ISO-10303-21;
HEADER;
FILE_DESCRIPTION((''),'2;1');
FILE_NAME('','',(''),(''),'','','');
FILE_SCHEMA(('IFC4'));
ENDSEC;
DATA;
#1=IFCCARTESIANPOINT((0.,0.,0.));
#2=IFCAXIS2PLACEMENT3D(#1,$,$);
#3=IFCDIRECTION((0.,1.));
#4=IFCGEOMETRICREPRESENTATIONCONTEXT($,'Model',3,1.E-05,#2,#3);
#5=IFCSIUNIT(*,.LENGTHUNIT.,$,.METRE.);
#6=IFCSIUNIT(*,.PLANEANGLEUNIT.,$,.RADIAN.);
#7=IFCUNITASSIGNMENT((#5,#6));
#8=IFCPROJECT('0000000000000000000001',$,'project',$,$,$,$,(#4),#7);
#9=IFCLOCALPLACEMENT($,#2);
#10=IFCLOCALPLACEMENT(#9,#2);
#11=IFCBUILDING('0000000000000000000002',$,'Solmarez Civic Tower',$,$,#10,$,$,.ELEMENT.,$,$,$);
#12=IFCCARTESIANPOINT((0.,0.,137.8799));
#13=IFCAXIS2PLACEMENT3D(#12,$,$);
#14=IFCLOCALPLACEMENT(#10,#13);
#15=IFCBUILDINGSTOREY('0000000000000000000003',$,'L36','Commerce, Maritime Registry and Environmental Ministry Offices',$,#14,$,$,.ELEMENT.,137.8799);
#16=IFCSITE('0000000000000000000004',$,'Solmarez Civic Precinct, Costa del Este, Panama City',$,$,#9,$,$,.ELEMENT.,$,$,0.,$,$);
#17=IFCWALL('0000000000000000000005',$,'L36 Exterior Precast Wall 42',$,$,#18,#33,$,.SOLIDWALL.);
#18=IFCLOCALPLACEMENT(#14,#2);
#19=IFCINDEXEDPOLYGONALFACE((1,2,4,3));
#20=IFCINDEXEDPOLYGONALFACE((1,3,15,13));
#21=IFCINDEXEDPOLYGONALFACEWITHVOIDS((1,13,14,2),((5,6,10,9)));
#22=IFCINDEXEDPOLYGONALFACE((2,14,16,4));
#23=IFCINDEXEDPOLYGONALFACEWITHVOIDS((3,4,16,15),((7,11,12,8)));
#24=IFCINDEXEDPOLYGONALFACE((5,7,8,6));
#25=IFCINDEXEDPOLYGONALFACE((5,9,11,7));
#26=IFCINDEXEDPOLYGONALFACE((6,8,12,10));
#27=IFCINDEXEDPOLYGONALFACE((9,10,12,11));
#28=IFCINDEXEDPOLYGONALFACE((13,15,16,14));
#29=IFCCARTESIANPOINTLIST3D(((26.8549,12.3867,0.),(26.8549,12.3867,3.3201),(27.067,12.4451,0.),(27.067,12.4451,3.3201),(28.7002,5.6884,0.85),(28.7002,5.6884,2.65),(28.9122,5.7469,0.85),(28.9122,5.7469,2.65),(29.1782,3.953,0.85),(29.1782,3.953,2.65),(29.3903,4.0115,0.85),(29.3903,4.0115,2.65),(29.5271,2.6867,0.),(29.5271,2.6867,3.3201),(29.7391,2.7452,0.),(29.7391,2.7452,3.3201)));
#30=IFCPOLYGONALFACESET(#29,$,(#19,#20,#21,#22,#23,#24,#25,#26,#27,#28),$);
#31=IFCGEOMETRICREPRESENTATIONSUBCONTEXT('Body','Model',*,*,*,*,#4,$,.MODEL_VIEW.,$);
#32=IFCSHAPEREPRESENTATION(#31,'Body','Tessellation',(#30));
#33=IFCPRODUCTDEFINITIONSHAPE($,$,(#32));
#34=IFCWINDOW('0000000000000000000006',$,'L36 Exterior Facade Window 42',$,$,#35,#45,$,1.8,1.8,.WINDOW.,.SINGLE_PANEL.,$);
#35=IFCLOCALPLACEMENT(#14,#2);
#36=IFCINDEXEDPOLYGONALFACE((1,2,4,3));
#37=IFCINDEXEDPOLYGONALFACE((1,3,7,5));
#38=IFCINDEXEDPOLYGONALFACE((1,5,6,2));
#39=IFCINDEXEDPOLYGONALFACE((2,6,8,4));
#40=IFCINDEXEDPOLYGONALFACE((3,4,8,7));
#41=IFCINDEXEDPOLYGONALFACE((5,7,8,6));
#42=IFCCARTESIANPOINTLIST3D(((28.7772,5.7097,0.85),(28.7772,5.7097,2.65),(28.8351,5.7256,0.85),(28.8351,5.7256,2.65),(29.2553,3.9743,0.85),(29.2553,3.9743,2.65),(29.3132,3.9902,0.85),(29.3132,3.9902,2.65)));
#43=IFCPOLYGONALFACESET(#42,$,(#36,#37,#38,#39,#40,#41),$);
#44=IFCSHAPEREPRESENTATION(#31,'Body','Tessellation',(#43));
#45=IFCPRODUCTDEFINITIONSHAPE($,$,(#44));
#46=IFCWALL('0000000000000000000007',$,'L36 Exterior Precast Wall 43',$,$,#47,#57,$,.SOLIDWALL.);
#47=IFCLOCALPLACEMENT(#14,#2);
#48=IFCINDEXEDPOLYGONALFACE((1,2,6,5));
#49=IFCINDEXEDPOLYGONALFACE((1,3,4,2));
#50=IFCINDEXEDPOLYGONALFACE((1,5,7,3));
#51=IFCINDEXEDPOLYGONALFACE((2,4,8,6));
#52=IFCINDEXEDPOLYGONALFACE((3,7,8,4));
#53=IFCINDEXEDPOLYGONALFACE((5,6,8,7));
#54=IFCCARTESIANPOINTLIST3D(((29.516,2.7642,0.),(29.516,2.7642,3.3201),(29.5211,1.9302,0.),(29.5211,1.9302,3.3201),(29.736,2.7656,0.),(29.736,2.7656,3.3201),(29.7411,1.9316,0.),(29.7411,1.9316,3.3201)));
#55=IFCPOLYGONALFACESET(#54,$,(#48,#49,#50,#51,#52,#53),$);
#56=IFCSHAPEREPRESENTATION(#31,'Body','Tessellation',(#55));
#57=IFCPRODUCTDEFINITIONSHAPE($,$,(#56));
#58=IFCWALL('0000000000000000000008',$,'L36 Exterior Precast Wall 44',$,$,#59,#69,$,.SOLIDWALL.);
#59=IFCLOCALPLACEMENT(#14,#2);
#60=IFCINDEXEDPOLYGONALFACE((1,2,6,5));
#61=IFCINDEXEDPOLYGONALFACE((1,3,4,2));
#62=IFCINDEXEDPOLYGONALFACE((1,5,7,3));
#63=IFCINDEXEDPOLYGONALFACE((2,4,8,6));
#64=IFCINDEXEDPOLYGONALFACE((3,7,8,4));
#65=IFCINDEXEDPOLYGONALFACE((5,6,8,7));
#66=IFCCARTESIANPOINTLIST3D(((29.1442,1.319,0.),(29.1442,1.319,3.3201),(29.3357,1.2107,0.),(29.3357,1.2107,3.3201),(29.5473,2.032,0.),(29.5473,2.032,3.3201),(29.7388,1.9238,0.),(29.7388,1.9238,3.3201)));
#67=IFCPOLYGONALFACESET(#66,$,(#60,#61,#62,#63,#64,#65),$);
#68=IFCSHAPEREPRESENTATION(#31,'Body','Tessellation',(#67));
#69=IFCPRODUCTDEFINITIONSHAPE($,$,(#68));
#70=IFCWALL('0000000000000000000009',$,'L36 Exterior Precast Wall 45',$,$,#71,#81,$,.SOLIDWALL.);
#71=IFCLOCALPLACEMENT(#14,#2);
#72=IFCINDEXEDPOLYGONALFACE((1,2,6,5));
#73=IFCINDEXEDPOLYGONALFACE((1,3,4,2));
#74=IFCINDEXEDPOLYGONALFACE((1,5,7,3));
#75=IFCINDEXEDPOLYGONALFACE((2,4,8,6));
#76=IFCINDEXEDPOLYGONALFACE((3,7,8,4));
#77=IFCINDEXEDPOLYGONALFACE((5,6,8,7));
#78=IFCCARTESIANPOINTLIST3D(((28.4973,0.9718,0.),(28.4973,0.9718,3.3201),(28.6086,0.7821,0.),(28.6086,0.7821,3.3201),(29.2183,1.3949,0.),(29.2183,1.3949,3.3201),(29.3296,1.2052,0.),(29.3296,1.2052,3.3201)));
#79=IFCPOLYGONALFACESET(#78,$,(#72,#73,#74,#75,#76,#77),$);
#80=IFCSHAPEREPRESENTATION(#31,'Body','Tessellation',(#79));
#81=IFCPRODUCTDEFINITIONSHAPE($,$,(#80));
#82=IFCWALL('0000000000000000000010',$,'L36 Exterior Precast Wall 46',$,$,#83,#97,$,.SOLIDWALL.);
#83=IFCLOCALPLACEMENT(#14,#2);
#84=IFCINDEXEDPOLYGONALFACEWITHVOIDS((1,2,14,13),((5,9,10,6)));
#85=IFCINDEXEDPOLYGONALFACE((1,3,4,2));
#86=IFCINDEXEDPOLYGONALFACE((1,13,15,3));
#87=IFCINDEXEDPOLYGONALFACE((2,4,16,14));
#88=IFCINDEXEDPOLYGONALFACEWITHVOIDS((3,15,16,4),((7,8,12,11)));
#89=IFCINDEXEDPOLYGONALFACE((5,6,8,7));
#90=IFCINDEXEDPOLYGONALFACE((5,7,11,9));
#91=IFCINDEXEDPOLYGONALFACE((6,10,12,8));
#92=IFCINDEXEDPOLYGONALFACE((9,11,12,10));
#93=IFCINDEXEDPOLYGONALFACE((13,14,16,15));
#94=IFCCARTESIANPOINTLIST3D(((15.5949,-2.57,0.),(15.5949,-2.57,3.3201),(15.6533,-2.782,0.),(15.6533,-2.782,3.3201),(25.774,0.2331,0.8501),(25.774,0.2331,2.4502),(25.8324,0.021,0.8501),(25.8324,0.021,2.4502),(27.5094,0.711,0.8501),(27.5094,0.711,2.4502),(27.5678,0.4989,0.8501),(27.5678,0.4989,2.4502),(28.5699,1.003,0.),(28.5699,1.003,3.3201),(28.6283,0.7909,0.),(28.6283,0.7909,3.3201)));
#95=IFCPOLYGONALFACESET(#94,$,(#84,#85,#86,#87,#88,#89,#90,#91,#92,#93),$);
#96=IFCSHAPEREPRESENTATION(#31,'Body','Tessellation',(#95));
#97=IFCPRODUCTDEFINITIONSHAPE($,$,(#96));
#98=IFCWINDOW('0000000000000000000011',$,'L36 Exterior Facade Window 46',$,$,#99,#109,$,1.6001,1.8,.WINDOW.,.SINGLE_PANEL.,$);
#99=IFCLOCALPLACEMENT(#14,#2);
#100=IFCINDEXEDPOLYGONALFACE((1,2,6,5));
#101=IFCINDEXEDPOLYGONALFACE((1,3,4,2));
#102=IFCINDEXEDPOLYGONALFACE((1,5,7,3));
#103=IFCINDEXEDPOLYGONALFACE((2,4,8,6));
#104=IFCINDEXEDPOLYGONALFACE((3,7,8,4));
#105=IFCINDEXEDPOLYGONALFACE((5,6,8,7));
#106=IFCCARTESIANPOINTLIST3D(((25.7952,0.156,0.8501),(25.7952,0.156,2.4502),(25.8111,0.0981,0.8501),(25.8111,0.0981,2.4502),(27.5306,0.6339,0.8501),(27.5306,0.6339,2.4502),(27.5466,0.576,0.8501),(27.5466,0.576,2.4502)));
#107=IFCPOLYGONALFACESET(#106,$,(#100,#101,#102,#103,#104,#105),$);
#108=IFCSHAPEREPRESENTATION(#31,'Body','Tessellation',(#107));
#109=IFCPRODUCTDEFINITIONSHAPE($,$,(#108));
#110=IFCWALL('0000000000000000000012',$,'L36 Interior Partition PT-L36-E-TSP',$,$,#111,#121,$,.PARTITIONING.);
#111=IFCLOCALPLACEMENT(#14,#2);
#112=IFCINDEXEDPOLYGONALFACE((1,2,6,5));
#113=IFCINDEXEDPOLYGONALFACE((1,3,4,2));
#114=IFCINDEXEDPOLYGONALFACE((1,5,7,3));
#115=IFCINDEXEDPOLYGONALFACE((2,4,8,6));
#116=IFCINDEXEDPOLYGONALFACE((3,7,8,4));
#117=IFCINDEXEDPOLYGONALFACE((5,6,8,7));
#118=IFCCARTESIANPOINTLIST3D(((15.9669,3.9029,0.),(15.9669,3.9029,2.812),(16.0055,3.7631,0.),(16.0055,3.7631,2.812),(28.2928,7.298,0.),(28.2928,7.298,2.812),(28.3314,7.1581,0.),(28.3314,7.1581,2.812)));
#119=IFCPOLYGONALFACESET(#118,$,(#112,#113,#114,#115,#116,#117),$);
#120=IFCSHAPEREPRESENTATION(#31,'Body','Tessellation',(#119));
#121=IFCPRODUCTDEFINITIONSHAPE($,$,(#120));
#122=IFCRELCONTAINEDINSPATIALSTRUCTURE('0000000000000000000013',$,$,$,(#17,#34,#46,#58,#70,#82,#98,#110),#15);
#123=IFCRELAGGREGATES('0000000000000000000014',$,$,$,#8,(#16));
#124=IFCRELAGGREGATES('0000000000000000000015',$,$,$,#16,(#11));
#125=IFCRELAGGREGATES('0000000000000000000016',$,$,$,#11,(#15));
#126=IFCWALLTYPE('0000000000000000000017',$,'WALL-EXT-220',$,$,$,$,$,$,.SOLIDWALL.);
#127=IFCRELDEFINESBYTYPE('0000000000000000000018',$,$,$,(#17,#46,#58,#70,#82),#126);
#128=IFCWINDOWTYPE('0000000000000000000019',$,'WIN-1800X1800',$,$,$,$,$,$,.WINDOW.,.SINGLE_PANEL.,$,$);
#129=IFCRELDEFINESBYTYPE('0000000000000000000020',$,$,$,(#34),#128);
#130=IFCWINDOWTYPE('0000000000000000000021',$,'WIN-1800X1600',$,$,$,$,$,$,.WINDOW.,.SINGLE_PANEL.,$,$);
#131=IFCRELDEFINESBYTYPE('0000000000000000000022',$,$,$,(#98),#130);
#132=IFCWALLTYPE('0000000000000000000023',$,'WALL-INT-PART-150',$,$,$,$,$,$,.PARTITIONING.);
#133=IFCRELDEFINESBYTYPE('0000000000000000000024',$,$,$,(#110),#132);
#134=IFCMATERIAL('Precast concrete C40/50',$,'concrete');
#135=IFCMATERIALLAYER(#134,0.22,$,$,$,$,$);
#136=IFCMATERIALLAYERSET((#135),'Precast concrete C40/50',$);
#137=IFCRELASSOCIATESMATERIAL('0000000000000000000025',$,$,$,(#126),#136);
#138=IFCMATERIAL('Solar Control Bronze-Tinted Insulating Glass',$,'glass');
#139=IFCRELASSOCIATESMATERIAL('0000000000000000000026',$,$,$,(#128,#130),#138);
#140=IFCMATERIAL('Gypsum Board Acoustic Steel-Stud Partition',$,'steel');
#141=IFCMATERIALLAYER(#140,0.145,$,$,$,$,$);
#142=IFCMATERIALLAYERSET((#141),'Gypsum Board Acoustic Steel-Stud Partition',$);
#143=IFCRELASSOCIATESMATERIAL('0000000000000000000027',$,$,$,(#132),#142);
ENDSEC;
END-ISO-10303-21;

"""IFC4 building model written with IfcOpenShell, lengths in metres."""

from ifc_helpers import new_model, si_unit, direction, frame, frame_2d, origin, place, context, subcontext, project, spatial, rectangle, extrude, material, layer, layer_set, type_object, element, fill, save


model = new_model("IFC4")

# Units and contexts
model_context = context("Model", 3, precision=1e-05, world=origin(), true_north=direction((0.0, 1.0)))
body_context = subcontext(model_context, "Body", "Model", "MODEL_VIEW")
ifc_project = project(units=[si_unit("LENGTHUNIT", "METRE"), si_unit("PLANEANGLEUNIT", "RADIAN")], contexts=[model_context])

# Site, building, storey
site_placement = place(None, origin())
site = spatial("IfcSite", under=ifc_project, at=site_placement, Name="Solmarez Civic Precinct, Costa del Este, Panama City", CompositionType="ELEMENT", RefElevation=0.0)
building_placement = place(site_placement, origin())
building = spatial("IfcBuilding", under=site, at=building_placement, Name="Solmarez Civic Tower", CompositionType="ELEMENT")
storey_placement = place(building_placement, frame((0.0, 0.0, 137.8799)))
storey = spatial("IfcBuildingStorey", under=building, at=storey_placement, Name="L36", Description="Commerce, Maritime Registry and Environmental Ministry Offices", CompositionType="ELEMENT", Elevation=137.8799)

# Shared definitions
ifc_material_1 = material(Name="Precast concrete C40/50", Category="concrete")
ifc_layer_1 = layer(ifc_material_1, 0.22)
ifc_layer_set_1 = layer_set([ifc_layer_1], Name="Precast concrete C40/50")
wall_type_1 = type_object("IfcWallType", Name="WALL-EXT-220", PredefinedType="SOLIDWALL", material=ifc_layer_set_1)

# Wall, opening, window
wall_1_placement = place(storey_placement, frame((26.9609, 12.416, 0.0), z_axis=(0.0, 0.0, 1.0), x_axis=(0.265585, -0.964088, 0.0)))
wall_1 = element("IfcWall", 1, at=wall_1_placement, inside=storey, type_object=wall_type_1, Name="L36 Exterior Precast Wall 42", PredefinedType="SOLIDWALL", context=body_context, shape_type="SweptSolid", body=[
    extrude(rectangle(XDim=10.0613, YDim=0.22, at=frame_2d((5.0308, 0.0))), origin(), (0.0, 0.0, 1.0), 3.3201),
])
opening_1_placement = place(wall_1_placement, frame((6.948, 0.0, 0.8501)))
opening_1 = element("IfcOpeningElement", 2, at=opening_1_placement, cuts=wall_1, PredefinedType="OPENING", context=body_context, shape_type="SweptSolid", body=[
    extrude(rectangle(XDim=1.8, YDim=1.8, at=frame_2d((0.8999, 0.8999))), frame((0.0, 0.1199, 0.0), z_axis=(0.0, -1.0, 0.0), x_axis=(1.0, 0.0, 0.0)), (0.0, 0.0, 1.0), 0.24),
])
ifc_material_2 = material(Name="Solar Control Bronze-Tinted Insulating Glass", Category="glass")
window_type_1 = type_object("IfcWindowType", Name="WIN-1800X1800", PartitioningType="SINGLE_PANEL", PredefinedType="WINDOW", material=ifc_material_2)
window_1_placement = place(opening_1_placement, origin())
window_1 = element("IfcWindow", 3, at=window_1_placement, inside=storey, type_object=window_type_1, Name="L36 Exterior Facade Window 42", OverallHeight=1.8, OverallWidth=1.8, PartitioningType="SINGLE_PANEL", PredefinedType="WINDOW", context=body_context, shape_type="SweptSolid", body=[
    extrude(rectangle(XDim=1.8, YDim=1.8, at=frame_2d((0.8999, 0.8999))), frame((0.0, 0.03, 0.0), z_axis=(0.0, -1.0, 0.0), x_axis=(1.0, 0.0, 0.0)), (0.0, 0.0, 1.0), 0.0601),
])
fill(opening_1, window_1)

# Walls
wall_2_placement = place(storey_placement, frame((29.626, 2.7649, 0.0), z_axis=(0.0, 0.0, 1.0), x_axis=(0.006147, -0.999981, 0.0)))
element("IfcWall", 4, at=wall_2_placement, inside=storey, type_object=wall_type_1, Name="L36 Exterior Precast Wall 43", PredefinedType="SOLIDWALL", context=body_context, shape_type="SweptSolid", body=[
    extrude(rectangle(XDim=0.834, YDim=0.22, at=frame_2d((0.417, 0.0))), origin(), (0.0, 0.0, 1.0), 3.3201),
])
wall_3_placement = place(storey_placement, frame((29.6431, 1.978, 0.0), z_axis=(0.0, 0.0, 1.0), x_axis=(-0.492057, -0.870563, 0.0)))
element("IfcWall", 5, at=wall_3_placement, inside=storey, type_object=wall_type_1, Name="L36 Exterior Precast Wall 44", PredefinedType="SOLIDWALL", context=body_context, shape_type="SweptSolid", body=[
    extrude(rectangle(XDim=0.8191, YDim=0.22, at=frame_2d((0.4097, 0.0))), origin(), (0.0, 0.0, 1.0), 3.3201),
])
wall_4_placement = place(storey_placement, frame((29.2739, 1.3, 0.0), z_axis=(0.0, 0.0, 1.0), x_axis=(-0.862452, -0.506139, 0.0)))
element("IfcWall", 6, at=wall_4_placement, inside=storey, type_object=wall_type_1, Name="L36 Exterior Precast Wall 45", PredefinedType="SOLIDWALL", context=body_context, shape_type="SweptSolid", body=[
    extrude(rectangle(XDim=0.8359, YDim=0.22, at=frame_2d((0.418, 0.0))), origin(), (0.0, 0.0, 1.0), 3.3201),
])

# Wall, opening, window
wall_5_placement = place(storey_placement, frame((28.5991, 0.897, 0.0), z_axis=(0.0, 0.0, 1.0), x_axis=(-0.964113, -0.265491, 0.0)))
wall_5 = element("IfcWall", 7, at=wall_5_placement, inside=storey, type_object=wall_type_1, Name="L36 Exterior Precast Wall 46", PredefinedType="SOLIDWALL", context=body_context, shape_type="SweptSolid", body=[
    extrude(rectangle(XDim=13.458, YDim=0.22, at=frame_2d((6.729, 0.0))), origin(), (0.0, 0.0, 1.0), 3.3201),
])
opening_2_placement = place(wall_5_placement, frame((1.1001, 0.0, 0.8501)))
opening_2 = element("IfcOpeningElement", 8, at=opening_2_placement, cuts=wall_5, PredefinedType="OPENING", context=body_context, shape_type="SweptSolid", body=[
    extrude(rectangle(XDim=1.8, YDim=1.6001, at=frame_2d((0.8999, 0.8))), frame((0.0, 0.1199, 0.0), z_axis=(0.0, -1.0, 0.0), x_axis=(1.0, 0.0, 0.0)), (0.0, 0.0, 1.0), 0.24),
])
window_type_2 = type_object("IfcWindowType", Name="WIN-1800X1600", PartitioningType="SINGLE_PANEL", PredefinedType="WINDOW", material=ifc_material_2)
window_2_placement = place(opening_2_placement, origin())
window_2 = element("IfcWindow", 9, at=window_2_placement, inside=storey, type_object=window_type_2, Name="L36 Exterior Facade Window 46", OverallHeight=1.6001, OverallWidth=1.8, PartitioningType="SINGLE_PANEL", PredefinedType="WINDOW", context=body_context, shape_type="SweptSolid", body=[
    extrude(rectangle(XDim=1.8, YDim=1.6001, at=frame_2d((0.8999, 0.8))), frame((0.0, 0.03, 0.0), z_axis=(0.0, -1.0, 0.0), x_axis=(1.0, 0.0, 0.0)), (0.0, 0.0, 1.0), 0.0601),
])
fill(opening_2, window_2)

# Wall
ifc_material_3 = material(Name="Gypsum Board Acoustic Steel-Stud Partition", Category="steel")
ifc_layer_2 = layer(ifc_material_3, 0.145)
ifc_layer_set_2 = layer_set([ifc_layer_2], Name="Gypsum Board Acoustic Steel-Stud Partition")
wall_type_2 = type_object("IfcWallType", Name="WALL-INT-PART-150", PredefinedType="PARTITIONING", material=ifc_layer_set_2)
wall_6_placement = place(storey_placement, frame((15.9861, 3.833, 0.0), z_axis=(0.0, 0.0, 1.0), x_axis=(0.964098, 0.265548, 0.0)))
element("IfcWall", 10, at=wall_6_placement, inside=storey, type_object=wall_type_2, Name="L36 Interior Partition PT-L36-E-TSP", PredefinedType="PARTITIONING", context=body_context, shape_type="SweptSolid", body=[
    extrude(rectangle(XDim=12.7849, YDim=0.145, at=frame_2d((6.3926, 0.0))), origin(), (0.0, 0.0, 1.0), 2.812),
])

save(model, "model.ifc")
